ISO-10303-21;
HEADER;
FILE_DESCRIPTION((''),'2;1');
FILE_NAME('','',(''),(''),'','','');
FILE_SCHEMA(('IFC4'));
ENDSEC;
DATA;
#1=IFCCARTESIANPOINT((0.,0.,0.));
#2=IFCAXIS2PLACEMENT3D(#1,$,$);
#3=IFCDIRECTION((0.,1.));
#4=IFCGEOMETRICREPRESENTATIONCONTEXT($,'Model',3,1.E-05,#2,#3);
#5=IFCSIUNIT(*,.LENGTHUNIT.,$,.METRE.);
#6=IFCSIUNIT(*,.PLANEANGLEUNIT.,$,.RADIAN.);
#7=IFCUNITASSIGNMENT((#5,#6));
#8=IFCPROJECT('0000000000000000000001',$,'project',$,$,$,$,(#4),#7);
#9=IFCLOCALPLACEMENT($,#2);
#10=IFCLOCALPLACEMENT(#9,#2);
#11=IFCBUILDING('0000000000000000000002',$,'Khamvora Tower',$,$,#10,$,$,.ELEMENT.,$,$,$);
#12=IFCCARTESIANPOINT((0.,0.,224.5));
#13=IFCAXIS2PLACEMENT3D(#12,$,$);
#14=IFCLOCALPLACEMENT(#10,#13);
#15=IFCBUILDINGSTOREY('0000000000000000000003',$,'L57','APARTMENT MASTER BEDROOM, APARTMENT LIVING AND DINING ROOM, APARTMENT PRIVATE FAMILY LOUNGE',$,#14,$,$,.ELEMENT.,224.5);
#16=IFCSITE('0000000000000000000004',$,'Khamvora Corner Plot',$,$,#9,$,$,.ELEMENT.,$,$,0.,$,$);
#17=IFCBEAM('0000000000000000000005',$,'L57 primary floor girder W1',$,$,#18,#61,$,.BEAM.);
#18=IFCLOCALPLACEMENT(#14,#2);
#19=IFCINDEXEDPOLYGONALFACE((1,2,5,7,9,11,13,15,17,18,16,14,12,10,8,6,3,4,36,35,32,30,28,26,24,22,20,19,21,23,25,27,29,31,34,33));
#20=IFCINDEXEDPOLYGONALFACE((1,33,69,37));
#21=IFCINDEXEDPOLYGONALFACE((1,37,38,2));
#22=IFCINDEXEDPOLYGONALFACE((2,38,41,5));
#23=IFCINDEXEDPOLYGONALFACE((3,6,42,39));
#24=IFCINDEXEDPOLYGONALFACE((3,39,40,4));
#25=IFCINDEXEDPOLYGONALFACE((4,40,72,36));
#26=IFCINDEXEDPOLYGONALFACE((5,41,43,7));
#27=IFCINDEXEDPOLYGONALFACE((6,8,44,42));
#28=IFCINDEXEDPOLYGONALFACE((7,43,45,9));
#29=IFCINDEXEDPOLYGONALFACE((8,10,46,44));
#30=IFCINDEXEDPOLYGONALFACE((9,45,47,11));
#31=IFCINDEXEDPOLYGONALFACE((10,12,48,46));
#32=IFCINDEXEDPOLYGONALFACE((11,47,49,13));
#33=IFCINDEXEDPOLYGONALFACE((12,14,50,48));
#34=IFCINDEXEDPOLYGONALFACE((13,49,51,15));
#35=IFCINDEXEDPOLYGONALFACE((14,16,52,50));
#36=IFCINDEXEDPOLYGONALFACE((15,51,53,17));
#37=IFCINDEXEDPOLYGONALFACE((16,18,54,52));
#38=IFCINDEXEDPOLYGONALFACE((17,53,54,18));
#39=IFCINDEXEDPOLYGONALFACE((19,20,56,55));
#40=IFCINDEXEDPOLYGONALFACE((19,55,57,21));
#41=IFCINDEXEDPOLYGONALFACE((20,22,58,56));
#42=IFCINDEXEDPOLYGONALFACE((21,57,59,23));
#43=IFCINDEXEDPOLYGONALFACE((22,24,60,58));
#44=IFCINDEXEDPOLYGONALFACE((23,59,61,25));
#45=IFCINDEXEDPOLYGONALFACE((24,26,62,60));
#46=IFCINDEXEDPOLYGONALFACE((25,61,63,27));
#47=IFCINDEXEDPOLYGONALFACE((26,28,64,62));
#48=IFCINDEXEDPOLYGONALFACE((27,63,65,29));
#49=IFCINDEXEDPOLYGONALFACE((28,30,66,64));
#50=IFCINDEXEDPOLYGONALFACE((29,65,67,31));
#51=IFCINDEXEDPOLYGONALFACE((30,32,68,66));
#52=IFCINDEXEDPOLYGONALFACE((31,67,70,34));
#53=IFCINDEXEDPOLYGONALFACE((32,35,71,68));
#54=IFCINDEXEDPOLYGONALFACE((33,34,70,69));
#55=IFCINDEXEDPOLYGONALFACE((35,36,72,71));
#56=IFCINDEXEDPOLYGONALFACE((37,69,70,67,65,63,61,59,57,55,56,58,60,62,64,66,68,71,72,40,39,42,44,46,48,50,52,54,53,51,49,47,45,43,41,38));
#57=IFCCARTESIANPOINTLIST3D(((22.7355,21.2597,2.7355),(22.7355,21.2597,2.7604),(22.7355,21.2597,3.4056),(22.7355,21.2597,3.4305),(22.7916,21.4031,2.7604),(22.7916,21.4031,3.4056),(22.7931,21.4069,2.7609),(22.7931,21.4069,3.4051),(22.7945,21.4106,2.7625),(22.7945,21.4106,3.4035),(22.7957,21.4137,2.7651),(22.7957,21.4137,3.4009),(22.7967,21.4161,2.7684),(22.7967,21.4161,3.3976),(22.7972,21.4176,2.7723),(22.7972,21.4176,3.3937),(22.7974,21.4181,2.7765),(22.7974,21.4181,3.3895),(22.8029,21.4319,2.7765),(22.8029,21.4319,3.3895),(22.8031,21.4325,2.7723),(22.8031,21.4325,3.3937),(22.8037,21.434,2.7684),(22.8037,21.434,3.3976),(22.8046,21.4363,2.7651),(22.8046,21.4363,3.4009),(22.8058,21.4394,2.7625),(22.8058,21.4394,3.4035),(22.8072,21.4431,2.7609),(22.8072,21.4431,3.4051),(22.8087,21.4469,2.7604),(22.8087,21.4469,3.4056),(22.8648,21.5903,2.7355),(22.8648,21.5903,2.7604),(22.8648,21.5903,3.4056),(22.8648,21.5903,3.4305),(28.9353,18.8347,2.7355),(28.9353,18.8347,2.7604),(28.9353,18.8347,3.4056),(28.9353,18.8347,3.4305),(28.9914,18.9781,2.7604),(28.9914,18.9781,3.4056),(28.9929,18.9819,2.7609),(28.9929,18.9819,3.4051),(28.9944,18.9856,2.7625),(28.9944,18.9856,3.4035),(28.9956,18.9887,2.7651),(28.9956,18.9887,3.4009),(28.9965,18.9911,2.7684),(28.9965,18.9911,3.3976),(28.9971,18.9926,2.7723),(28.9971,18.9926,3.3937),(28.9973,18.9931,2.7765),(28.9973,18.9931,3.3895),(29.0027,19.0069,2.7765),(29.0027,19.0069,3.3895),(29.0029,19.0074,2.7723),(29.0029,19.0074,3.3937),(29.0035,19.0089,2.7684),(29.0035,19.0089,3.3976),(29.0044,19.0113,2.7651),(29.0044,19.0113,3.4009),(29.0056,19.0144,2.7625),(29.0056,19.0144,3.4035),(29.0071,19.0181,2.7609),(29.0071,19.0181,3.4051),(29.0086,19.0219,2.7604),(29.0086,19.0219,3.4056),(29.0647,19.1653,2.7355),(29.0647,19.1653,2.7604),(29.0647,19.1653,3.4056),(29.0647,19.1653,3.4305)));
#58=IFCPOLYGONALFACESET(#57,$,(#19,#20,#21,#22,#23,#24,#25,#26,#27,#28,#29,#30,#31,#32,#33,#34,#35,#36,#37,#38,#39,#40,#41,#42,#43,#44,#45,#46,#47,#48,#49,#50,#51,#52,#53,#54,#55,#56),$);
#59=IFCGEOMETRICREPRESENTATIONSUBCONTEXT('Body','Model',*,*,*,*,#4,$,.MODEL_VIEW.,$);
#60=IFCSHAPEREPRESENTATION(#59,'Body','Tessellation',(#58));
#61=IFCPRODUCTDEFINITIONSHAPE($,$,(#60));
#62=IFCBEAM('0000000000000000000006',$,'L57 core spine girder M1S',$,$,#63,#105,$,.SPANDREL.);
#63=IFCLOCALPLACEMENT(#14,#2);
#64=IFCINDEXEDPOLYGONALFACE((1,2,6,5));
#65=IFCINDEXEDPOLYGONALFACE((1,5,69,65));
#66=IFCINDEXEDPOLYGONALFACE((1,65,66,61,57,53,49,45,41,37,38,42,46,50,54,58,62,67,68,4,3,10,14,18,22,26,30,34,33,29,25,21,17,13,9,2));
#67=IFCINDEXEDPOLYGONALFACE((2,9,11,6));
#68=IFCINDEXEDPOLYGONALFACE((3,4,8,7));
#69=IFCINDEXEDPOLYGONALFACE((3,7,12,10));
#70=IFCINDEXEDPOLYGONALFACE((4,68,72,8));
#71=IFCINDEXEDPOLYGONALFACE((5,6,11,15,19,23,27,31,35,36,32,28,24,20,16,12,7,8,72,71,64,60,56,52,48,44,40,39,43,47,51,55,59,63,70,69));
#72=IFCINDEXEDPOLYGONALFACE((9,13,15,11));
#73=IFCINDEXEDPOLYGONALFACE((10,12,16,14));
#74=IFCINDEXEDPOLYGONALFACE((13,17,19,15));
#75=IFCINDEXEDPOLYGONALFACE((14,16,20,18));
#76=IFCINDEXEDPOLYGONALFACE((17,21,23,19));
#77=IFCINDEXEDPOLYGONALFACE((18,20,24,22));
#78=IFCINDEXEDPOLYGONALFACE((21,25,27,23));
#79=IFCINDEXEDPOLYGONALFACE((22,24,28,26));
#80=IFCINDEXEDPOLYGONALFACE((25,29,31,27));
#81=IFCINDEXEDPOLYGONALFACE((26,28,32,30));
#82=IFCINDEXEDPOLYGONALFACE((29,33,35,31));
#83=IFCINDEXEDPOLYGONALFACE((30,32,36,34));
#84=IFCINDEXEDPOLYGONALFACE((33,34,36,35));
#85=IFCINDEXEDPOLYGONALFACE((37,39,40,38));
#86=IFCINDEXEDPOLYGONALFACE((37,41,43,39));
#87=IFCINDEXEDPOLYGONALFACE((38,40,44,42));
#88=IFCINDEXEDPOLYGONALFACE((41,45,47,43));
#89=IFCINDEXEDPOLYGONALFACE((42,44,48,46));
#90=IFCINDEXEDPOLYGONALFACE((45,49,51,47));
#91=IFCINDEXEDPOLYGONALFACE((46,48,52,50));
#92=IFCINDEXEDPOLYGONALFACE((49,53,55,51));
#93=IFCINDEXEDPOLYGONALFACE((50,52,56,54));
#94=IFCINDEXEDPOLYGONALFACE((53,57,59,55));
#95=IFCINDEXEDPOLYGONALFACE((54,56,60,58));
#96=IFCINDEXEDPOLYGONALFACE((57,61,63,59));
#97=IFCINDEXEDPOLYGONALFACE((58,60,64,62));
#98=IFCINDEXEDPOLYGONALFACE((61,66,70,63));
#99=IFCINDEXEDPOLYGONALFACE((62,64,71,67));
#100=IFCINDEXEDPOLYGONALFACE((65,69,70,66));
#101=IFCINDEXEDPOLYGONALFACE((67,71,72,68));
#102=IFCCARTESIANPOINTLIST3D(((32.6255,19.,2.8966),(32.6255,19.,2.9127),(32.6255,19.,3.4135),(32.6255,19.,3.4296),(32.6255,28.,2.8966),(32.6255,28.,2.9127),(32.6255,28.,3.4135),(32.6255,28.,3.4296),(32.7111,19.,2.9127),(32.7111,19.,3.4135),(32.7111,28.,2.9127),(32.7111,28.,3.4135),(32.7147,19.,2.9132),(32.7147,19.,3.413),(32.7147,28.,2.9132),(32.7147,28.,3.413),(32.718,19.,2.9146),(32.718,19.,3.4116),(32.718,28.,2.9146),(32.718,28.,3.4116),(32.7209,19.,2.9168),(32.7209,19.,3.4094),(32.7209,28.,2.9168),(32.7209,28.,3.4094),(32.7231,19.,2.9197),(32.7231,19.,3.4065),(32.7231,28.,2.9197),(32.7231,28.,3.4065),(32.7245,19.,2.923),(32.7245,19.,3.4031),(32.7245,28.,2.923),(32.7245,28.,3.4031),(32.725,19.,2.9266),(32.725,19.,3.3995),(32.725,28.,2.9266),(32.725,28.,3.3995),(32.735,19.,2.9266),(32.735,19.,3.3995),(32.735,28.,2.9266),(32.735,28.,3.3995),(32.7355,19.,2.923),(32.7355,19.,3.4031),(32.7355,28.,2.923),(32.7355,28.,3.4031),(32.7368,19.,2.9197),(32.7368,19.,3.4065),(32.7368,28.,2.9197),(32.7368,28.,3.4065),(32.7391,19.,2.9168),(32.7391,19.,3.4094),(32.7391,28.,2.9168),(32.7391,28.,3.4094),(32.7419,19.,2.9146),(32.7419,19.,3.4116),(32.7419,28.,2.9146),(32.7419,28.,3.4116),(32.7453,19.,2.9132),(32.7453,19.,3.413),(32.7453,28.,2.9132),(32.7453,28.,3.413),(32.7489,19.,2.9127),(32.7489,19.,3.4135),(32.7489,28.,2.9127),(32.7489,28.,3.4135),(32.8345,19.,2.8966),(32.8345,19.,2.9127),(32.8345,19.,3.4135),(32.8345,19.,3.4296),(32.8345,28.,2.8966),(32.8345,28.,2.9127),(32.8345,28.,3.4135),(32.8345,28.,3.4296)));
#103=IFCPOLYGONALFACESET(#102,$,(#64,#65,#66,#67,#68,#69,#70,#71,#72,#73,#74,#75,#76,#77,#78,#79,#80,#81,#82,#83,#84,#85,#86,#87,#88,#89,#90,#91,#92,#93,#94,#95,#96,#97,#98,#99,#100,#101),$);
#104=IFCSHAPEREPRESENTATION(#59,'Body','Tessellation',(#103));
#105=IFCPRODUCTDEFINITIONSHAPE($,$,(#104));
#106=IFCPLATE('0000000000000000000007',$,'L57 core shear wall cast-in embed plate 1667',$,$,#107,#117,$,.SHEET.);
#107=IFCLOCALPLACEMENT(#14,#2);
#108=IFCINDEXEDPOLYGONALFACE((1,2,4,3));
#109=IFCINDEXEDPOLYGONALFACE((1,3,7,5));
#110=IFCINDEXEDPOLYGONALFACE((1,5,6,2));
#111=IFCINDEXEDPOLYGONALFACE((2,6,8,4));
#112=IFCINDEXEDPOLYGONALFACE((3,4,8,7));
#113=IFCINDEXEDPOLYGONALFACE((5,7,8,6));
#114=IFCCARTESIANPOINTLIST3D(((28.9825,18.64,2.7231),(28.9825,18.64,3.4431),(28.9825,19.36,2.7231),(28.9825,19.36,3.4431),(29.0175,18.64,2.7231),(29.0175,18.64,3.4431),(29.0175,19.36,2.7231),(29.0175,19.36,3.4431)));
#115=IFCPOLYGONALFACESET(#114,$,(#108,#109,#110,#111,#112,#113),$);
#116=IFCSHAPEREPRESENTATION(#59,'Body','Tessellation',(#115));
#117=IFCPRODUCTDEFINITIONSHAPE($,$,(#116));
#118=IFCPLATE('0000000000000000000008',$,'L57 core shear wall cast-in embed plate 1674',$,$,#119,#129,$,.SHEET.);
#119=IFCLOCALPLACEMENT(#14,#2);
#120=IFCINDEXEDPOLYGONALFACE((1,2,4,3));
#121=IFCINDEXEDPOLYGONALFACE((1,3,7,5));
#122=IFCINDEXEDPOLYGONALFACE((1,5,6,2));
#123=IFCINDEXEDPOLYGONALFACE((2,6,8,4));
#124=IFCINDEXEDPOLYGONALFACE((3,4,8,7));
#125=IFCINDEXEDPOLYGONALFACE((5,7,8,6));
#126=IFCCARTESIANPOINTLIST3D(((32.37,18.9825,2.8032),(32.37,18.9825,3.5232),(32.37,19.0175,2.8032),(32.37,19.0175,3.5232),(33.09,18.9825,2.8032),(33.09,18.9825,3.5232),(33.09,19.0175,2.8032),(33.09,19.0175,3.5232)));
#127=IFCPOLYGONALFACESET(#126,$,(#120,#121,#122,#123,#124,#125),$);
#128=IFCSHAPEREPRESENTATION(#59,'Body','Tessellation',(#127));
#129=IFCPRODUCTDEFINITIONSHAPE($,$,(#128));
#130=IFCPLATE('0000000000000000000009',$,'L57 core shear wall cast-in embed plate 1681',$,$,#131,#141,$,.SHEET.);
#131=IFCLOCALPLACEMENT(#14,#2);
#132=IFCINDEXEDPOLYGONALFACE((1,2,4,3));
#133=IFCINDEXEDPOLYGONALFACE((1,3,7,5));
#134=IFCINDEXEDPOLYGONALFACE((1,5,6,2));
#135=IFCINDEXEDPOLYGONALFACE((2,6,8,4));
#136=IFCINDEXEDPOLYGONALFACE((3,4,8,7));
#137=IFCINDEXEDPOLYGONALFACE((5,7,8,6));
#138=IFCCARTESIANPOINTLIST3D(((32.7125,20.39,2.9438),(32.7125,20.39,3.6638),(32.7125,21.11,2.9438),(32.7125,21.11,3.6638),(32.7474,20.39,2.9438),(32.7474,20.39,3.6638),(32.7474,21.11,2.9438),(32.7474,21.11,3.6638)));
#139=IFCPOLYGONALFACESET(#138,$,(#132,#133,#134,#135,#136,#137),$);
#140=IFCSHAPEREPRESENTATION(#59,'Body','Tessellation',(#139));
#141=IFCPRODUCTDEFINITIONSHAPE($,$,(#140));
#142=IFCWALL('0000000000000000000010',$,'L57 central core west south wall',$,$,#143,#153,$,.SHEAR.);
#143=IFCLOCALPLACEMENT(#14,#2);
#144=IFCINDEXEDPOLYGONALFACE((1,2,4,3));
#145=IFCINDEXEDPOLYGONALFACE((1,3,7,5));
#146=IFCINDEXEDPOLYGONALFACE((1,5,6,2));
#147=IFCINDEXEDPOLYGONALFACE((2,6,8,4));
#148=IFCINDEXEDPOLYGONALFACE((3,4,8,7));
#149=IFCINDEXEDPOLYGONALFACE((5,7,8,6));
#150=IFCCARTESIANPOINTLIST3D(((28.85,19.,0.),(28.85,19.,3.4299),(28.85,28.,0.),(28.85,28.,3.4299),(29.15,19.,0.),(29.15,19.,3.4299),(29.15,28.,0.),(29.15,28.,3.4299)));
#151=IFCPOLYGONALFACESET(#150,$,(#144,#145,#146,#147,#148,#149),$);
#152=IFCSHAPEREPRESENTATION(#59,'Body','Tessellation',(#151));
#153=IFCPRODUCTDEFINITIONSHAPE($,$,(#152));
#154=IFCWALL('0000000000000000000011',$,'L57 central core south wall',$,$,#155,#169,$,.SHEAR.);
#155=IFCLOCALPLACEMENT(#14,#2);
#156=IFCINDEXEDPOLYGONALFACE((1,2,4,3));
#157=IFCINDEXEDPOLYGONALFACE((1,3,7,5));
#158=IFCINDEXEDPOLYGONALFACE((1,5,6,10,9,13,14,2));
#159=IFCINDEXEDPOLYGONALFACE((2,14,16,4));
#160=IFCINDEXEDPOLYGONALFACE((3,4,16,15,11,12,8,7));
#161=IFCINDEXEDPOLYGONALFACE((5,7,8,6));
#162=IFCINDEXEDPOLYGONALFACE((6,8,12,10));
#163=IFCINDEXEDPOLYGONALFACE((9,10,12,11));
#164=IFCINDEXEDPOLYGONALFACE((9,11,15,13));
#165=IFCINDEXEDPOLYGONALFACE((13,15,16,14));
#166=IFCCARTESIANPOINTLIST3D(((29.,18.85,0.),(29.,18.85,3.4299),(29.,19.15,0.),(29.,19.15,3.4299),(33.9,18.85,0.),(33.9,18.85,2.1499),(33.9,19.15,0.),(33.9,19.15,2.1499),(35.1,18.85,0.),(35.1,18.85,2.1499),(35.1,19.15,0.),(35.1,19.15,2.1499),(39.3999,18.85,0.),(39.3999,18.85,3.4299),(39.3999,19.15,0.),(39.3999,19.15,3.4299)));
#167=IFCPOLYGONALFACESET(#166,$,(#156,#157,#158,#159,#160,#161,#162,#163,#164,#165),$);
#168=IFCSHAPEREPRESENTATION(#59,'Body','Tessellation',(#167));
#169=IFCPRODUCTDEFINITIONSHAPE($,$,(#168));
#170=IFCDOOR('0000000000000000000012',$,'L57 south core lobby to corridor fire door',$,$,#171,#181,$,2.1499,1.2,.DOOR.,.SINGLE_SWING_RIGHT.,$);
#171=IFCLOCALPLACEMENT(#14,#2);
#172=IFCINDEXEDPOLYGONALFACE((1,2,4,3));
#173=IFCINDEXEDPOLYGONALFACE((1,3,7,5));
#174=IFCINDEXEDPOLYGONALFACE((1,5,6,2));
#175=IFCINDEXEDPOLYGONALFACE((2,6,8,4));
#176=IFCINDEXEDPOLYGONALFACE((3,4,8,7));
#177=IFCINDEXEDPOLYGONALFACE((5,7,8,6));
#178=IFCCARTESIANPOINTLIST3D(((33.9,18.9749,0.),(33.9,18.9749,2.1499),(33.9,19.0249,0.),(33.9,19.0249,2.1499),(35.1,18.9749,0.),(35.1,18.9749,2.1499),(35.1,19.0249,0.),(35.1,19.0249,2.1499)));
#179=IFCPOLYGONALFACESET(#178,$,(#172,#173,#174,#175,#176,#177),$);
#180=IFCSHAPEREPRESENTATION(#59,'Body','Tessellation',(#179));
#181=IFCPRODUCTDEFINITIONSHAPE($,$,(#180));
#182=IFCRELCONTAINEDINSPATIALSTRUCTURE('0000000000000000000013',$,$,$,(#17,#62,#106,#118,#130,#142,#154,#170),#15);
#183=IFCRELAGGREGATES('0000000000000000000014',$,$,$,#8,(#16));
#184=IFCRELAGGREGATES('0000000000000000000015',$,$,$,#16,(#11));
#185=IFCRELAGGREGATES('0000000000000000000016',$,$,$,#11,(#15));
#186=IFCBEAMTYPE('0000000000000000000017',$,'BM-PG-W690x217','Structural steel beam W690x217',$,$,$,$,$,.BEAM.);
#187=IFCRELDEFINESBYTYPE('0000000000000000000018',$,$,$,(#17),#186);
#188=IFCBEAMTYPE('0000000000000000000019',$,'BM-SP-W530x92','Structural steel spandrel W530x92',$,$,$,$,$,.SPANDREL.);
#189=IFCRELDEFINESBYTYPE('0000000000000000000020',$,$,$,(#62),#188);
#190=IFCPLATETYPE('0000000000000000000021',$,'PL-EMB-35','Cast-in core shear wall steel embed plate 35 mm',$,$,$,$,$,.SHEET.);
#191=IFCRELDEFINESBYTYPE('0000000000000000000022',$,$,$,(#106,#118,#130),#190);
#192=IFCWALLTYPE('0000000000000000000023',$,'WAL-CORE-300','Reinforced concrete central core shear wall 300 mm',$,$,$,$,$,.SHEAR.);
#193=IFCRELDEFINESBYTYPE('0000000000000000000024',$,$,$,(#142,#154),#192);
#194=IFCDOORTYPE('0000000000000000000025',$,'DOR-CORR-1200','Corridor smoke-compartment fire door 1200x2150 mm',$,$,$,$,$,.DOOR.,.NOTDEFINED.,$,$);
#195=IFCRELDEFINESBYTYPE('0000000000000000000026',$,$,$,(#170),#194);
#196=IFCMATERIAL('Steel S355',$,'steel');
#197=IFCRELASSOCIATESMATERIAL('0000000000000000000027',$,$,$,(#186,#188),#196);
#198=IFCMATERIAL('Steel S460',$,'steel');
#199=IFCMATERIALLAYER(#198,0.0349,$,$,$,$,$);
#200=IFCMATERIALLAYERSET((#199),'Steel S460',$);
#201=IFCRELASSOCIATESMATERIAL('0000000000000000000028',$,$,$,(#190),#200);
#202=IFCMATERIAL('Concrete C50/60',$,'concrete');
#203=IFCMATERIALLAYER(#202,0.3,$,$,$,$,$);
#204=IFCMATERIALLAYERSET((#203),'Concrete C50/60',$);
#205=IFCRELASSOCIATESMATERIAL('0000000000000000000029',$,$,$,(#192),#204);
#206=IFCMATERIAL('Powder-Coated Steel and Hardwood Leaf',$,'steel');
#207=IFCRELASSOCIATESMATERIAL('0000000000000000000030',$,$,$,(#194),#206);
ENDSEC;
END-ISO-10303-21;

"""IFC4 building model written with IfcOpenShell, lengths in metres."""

from ifc_helpers import new_model, si_unit, direction, frame, frame_2d, origin, origin_2d, place, context, subcontext, project, spatial, rectangle, i_section, extrude, material, layer, layer_set, material_profile, profile_set, type_object, element, fill, save


model = new_model("IFC4")

# Units and contexts
model_context = context("Model", 3, precision=1e-05, world=origin(), true_north=direction((0.0, 1.0)))
body_context = subcontext(model_context, "Body", "Model", "MODEL_VIEW")
ifc_project = project(units=[si_unit("LENGTHUNIT", "METRE"), si_unit("PLANEANGLEUNIT", "RADIAN")], contexts=[model_context])

# Site, building, storey
site_placement = place(None, origin())
site = spatial("IfcSite", under=ifc_project, at=site_placement, Name="Khamvora Corner Plot", CompositionType="ELEMENT", RefElevation=0.0)
building_placement = place(site_placement, origin())
building = spatial("IfcBuilding", under=site, at=building_placement, Name="Khamvora Tower", CompositionType="ELEMENT")
storey_placement = place(building_placement, frame((0.0, 0.0, 224.5)))
storey = spatial("IfcBuildingStorey", under=building, at=storey_placement, Name="L57", Description="APARTMENT MASTER BEDROOM, APARTMENT LIVING AND DINING ROOM, APARTMENT PRIVATE FAMILY LOUNGE", CompositionType="ELEMENT", Elevation=224.5)

# Beams
ifc_material_1 = material(Name="Steel S355", Category="steel")
ifc_material_profile_1 = material_profile(ifc_material_1, i_section(OverallWidth=0.355, OverallDepth=0.6951, WebThickness=0.0149, FlangeThickness=0.0249, FilletRadius=0.0161, at=origin_2d()), Name="W690x217")
ifc_profile_set_1 = profile_set([ifc_material_profile_1], Name="Steel S355")
beam_type_1 = type_object("IfcBeamType", Name="BM-PG-W690x217", Description="Structural steel beam W690x217", PredefinedType="BEAM", material=ifc_profile_set_1)
beam_1_placement = place(storey_placement, frame((29.0, 19.0, 3.083), z_axis=(-0.931295, 0.364267, 0.0), x_axis=(-0.364267, -0.931295, 0.0)))
element("IfcBeam", 1, at=beam_1_placement, inside=storey, type_object=beam_type_1, Name="L57 primary floor girder W1", PredefinedType="BEAM", context=body_context, shape_type="SweptSolid", body=[
    extrude(i_section(OverallWidth=0.355, OverallDepth=0.6951, WebThickness=0.0149, FlangeThickness=0.0249, FilletRadius=0.0161, at=origin_2d()), origin(), (0.0, 0.0, 1.0), 6.6572),
])
ifc_material_profile_2 = material_profile(ifc_material_1, i_section(OverallWidth=0.209, OverallDepth=0.533, WebThickness=0.01, FlangeThickness=0.0161, FilletRadius=0.0139, at=origin_2d()), Name="W530x92")
ifc_profile_set_2 = profile_set([ifc_material_profile_2], Name="Steel S355")
beam_type_2 = type_object("IfcBeamType", Name="BM-SP-W530x92", Description="Structural steel spandrel W530x92", PredefinedType="SPANDREL", material=ifc_profile_set_2)
beam_2_placement = place(storey_placement, frame((32.73, 19.0, 3.1631), z_axis=(0.0, 1.0, 0.0), x_axis=(-1.0, 0.0, 0.0)))
element("IfcBeam", 2, at=beam_2_placement, inside=storey, type_object=beam_type_2, Name="L57 core spine girder M1S", PredefinedType="SPANDREL", context=body_context, shape_type="SweptSolid", body=[
    extrude(i_section(OverallWidth=0.209, OverallDepth=0.533, WebThickness=0.01, FlangeThickness=0.0161, FilletRadius=0.0139, at=origin_2d()), origin(), (0.0, 0.0, 1.0), 9.0),
])

# Plates
ifc_material_2 = material(Name="Steel S460", Category="steel")
ifc_layer_1 = layer(ifc_material_2, 0.0349)
ifc_layer_set_1 = layer_set([ifc_layer_1], Name="Steel S460")
plate_type = type_object("IfcPlateType", Name="PL-EMB-35", Description="Cast-in core shear wall steel embed plate 35 mm", PredefinedType="SHEET", material=ifc_layer_set_1)
plate_1_placement = place(storey_placement, frame((29.0, 19.0, 2.7231), z_axis=(0.0, 0.0, 1.0), x_axis=(1.0, 0.0, 0.0)))
element("IfcPlate", 3, at=plate_1_placement, inside=storey, type_object=plate_type, Name="L57 core shear wall cast-in embed plate 1667", PredefinedType="SHEET", context=body_context, shape_type="SweptSolid", body=[
    extrude(rectangle(XDim=0.0349, YDim=0.72, at=origin_2d()), origin(), (0.0, 0.0, 1.0), 0.72),
])
plate_2_placement = place(storey_placement, frame((32.73, 19.0, 2.8032), z_axis=(0.0, 0.0, 1.0), x_axis=(1.0, 0.0, 0.0)))
element("IfcPlate", 4, at=plate_2_placement, inside=storey, type_object=plate_type, Name="L57 core shear wall cast-in embed plate 1674", PredefinedType="SHEET", context=body_context, shape_type="SweptSolid", body=[
    extrude(rectangle(XDim=0.72, YDim=0.0349, at=origin_2d()), origin(), (0.0, 0.0, 1.0), 0.72),
])
plate_3_placement = place(storey_placement, frame((32.73, 20.75, 2.9438), z_axis=(0.0, 0.0, 1.0), x_axis=(1.0, 0.0, 0.0)))
element("IfcPlate", 5, at=plate_3_placement, inside=storey, type_object=plate_type, Name="L57 core shear wall cast-in embed plate 1681", PredefinedType="SHEET", context=body_context, shape_type="SweptSolid", body=[
    extrude(rectangle(XDim=0.0349, YDim=0.72, at=origin_2d()), origin(), (0.0, 0.0, 1.0), 0.72),
])

# Wall
ifc_material_3 = material(Name="Concrete C50/60", Category="concrete")
ifc_layer_2 = layer(ifc_material_3, 0.3)
ifc_layer_set_2 = layer_set([ifc_layer_2], Name="Concrete C50/60")
wall_type_1 = type_object("IfcWallType", Name="WAL-CORE-300", Description="Reinforced concrete central core shear wall 300 mm", PredefinedType="SHEAR", material=ifc_layer_set_2)
wall_1_placement = place(storey_placement, frame((29.0, 19.0, 0.0), z_axis=(0.0, 0.0, 1.0), x_axis=(0.0, 1.0, 0.0)))
element("IfcWall", 6, at=wall_1_placement, inside=storey, type_object=wall_type_1, Name="L57 central core west south wall", PredefinedType="SHEAR", context=body_context, shape_type="SweptSolid", body=[
    extrude(rectangle(XDim=9.0, YDim=0.3, at=frame_2d((4.5, 0.0))), origin(), (0.0, 0.0, 1.0), 3.4299),
])

# Wall, opening, door
wall_2_placement = place(storey_placement, frame((29.0, 19.0, 0.0), z_axis=(0.0, 0.0, 1.0), x_axis=(1.0, 0.0, 0.0)))
wall_2 = element("IfcWall", 7, at=wall_2_placement, inside=storey, type_object=wall_type_1, Name="L57 central core south wall", PredefinedType="SHEAR", context=body_context, shape_type="SweptSolid", body=[
    extrude(rectangle(XDim=10.3999, YDim=0.3, at=frame_2d((5.2, 0.0))), origin(), (0.0, 0.0, 1.0), 3.4299),
])
opening_1_placement = place(wall_2_placement, frame((4.8999, 0.0, 0.0)))
opening_1 = element("IfcOpeningElement", 8, at=opening_1_placement, cuts=wall_2, PredefinedType="OPENING", context=body_context, shape_type="SweptSolid", body=[
    extrude(rectangle(XDim=1.2, YDim=2.1499, at=frame_2d((0.6001, 1.075))), frame((0.0, 0.1599, 0.0), z_axis=(0.0, -1.0, 0.0), x_axis=(1.0, 0.0, 0.0)), (0.0, 0.0, 1.0), 0.3201),
])
ifc_material_4 = material(Name="Powder-Coated Steel and Hardwood Leaf", Category="steel")
door_type_1 = type_object("IfcDoorType", Name="DOR-CORR-1200", Description="Corridor smoke-compartment fire door 1200x2150 mm", OperationType="NOTDEFINED", PredefinedType="DOOR", material=ifc_material_4)
door_1_placement = place(opening_1_placement, origin())
door_1 = element("IfcDoor", 9, at=door_1_placement, inside=storey, type_object=door_type_1, Name="L57 south core lobby to corridor fire door", OperationType="SINGLE_SWING_RIGHT", OverallHeight=2.1499, OverallWidth=1.2, PredefinedType="DOOR", context=body_context, shape_type="SweptSolid", body=[
    extrude(rectangle(XDim=1.2, YDim=2.1499, at=frame_2d((0.6001, 1.075))), frame((0.0, 0.0249, 0.0), z_axis=(0.0, -1.0, 0.0), x_axis=(1.0, 0.0, 0.0)), (0.0, 0.0, 1.0), 0.05),
])
fill(opening_1, door_1)

save(model, "model.ifc")
